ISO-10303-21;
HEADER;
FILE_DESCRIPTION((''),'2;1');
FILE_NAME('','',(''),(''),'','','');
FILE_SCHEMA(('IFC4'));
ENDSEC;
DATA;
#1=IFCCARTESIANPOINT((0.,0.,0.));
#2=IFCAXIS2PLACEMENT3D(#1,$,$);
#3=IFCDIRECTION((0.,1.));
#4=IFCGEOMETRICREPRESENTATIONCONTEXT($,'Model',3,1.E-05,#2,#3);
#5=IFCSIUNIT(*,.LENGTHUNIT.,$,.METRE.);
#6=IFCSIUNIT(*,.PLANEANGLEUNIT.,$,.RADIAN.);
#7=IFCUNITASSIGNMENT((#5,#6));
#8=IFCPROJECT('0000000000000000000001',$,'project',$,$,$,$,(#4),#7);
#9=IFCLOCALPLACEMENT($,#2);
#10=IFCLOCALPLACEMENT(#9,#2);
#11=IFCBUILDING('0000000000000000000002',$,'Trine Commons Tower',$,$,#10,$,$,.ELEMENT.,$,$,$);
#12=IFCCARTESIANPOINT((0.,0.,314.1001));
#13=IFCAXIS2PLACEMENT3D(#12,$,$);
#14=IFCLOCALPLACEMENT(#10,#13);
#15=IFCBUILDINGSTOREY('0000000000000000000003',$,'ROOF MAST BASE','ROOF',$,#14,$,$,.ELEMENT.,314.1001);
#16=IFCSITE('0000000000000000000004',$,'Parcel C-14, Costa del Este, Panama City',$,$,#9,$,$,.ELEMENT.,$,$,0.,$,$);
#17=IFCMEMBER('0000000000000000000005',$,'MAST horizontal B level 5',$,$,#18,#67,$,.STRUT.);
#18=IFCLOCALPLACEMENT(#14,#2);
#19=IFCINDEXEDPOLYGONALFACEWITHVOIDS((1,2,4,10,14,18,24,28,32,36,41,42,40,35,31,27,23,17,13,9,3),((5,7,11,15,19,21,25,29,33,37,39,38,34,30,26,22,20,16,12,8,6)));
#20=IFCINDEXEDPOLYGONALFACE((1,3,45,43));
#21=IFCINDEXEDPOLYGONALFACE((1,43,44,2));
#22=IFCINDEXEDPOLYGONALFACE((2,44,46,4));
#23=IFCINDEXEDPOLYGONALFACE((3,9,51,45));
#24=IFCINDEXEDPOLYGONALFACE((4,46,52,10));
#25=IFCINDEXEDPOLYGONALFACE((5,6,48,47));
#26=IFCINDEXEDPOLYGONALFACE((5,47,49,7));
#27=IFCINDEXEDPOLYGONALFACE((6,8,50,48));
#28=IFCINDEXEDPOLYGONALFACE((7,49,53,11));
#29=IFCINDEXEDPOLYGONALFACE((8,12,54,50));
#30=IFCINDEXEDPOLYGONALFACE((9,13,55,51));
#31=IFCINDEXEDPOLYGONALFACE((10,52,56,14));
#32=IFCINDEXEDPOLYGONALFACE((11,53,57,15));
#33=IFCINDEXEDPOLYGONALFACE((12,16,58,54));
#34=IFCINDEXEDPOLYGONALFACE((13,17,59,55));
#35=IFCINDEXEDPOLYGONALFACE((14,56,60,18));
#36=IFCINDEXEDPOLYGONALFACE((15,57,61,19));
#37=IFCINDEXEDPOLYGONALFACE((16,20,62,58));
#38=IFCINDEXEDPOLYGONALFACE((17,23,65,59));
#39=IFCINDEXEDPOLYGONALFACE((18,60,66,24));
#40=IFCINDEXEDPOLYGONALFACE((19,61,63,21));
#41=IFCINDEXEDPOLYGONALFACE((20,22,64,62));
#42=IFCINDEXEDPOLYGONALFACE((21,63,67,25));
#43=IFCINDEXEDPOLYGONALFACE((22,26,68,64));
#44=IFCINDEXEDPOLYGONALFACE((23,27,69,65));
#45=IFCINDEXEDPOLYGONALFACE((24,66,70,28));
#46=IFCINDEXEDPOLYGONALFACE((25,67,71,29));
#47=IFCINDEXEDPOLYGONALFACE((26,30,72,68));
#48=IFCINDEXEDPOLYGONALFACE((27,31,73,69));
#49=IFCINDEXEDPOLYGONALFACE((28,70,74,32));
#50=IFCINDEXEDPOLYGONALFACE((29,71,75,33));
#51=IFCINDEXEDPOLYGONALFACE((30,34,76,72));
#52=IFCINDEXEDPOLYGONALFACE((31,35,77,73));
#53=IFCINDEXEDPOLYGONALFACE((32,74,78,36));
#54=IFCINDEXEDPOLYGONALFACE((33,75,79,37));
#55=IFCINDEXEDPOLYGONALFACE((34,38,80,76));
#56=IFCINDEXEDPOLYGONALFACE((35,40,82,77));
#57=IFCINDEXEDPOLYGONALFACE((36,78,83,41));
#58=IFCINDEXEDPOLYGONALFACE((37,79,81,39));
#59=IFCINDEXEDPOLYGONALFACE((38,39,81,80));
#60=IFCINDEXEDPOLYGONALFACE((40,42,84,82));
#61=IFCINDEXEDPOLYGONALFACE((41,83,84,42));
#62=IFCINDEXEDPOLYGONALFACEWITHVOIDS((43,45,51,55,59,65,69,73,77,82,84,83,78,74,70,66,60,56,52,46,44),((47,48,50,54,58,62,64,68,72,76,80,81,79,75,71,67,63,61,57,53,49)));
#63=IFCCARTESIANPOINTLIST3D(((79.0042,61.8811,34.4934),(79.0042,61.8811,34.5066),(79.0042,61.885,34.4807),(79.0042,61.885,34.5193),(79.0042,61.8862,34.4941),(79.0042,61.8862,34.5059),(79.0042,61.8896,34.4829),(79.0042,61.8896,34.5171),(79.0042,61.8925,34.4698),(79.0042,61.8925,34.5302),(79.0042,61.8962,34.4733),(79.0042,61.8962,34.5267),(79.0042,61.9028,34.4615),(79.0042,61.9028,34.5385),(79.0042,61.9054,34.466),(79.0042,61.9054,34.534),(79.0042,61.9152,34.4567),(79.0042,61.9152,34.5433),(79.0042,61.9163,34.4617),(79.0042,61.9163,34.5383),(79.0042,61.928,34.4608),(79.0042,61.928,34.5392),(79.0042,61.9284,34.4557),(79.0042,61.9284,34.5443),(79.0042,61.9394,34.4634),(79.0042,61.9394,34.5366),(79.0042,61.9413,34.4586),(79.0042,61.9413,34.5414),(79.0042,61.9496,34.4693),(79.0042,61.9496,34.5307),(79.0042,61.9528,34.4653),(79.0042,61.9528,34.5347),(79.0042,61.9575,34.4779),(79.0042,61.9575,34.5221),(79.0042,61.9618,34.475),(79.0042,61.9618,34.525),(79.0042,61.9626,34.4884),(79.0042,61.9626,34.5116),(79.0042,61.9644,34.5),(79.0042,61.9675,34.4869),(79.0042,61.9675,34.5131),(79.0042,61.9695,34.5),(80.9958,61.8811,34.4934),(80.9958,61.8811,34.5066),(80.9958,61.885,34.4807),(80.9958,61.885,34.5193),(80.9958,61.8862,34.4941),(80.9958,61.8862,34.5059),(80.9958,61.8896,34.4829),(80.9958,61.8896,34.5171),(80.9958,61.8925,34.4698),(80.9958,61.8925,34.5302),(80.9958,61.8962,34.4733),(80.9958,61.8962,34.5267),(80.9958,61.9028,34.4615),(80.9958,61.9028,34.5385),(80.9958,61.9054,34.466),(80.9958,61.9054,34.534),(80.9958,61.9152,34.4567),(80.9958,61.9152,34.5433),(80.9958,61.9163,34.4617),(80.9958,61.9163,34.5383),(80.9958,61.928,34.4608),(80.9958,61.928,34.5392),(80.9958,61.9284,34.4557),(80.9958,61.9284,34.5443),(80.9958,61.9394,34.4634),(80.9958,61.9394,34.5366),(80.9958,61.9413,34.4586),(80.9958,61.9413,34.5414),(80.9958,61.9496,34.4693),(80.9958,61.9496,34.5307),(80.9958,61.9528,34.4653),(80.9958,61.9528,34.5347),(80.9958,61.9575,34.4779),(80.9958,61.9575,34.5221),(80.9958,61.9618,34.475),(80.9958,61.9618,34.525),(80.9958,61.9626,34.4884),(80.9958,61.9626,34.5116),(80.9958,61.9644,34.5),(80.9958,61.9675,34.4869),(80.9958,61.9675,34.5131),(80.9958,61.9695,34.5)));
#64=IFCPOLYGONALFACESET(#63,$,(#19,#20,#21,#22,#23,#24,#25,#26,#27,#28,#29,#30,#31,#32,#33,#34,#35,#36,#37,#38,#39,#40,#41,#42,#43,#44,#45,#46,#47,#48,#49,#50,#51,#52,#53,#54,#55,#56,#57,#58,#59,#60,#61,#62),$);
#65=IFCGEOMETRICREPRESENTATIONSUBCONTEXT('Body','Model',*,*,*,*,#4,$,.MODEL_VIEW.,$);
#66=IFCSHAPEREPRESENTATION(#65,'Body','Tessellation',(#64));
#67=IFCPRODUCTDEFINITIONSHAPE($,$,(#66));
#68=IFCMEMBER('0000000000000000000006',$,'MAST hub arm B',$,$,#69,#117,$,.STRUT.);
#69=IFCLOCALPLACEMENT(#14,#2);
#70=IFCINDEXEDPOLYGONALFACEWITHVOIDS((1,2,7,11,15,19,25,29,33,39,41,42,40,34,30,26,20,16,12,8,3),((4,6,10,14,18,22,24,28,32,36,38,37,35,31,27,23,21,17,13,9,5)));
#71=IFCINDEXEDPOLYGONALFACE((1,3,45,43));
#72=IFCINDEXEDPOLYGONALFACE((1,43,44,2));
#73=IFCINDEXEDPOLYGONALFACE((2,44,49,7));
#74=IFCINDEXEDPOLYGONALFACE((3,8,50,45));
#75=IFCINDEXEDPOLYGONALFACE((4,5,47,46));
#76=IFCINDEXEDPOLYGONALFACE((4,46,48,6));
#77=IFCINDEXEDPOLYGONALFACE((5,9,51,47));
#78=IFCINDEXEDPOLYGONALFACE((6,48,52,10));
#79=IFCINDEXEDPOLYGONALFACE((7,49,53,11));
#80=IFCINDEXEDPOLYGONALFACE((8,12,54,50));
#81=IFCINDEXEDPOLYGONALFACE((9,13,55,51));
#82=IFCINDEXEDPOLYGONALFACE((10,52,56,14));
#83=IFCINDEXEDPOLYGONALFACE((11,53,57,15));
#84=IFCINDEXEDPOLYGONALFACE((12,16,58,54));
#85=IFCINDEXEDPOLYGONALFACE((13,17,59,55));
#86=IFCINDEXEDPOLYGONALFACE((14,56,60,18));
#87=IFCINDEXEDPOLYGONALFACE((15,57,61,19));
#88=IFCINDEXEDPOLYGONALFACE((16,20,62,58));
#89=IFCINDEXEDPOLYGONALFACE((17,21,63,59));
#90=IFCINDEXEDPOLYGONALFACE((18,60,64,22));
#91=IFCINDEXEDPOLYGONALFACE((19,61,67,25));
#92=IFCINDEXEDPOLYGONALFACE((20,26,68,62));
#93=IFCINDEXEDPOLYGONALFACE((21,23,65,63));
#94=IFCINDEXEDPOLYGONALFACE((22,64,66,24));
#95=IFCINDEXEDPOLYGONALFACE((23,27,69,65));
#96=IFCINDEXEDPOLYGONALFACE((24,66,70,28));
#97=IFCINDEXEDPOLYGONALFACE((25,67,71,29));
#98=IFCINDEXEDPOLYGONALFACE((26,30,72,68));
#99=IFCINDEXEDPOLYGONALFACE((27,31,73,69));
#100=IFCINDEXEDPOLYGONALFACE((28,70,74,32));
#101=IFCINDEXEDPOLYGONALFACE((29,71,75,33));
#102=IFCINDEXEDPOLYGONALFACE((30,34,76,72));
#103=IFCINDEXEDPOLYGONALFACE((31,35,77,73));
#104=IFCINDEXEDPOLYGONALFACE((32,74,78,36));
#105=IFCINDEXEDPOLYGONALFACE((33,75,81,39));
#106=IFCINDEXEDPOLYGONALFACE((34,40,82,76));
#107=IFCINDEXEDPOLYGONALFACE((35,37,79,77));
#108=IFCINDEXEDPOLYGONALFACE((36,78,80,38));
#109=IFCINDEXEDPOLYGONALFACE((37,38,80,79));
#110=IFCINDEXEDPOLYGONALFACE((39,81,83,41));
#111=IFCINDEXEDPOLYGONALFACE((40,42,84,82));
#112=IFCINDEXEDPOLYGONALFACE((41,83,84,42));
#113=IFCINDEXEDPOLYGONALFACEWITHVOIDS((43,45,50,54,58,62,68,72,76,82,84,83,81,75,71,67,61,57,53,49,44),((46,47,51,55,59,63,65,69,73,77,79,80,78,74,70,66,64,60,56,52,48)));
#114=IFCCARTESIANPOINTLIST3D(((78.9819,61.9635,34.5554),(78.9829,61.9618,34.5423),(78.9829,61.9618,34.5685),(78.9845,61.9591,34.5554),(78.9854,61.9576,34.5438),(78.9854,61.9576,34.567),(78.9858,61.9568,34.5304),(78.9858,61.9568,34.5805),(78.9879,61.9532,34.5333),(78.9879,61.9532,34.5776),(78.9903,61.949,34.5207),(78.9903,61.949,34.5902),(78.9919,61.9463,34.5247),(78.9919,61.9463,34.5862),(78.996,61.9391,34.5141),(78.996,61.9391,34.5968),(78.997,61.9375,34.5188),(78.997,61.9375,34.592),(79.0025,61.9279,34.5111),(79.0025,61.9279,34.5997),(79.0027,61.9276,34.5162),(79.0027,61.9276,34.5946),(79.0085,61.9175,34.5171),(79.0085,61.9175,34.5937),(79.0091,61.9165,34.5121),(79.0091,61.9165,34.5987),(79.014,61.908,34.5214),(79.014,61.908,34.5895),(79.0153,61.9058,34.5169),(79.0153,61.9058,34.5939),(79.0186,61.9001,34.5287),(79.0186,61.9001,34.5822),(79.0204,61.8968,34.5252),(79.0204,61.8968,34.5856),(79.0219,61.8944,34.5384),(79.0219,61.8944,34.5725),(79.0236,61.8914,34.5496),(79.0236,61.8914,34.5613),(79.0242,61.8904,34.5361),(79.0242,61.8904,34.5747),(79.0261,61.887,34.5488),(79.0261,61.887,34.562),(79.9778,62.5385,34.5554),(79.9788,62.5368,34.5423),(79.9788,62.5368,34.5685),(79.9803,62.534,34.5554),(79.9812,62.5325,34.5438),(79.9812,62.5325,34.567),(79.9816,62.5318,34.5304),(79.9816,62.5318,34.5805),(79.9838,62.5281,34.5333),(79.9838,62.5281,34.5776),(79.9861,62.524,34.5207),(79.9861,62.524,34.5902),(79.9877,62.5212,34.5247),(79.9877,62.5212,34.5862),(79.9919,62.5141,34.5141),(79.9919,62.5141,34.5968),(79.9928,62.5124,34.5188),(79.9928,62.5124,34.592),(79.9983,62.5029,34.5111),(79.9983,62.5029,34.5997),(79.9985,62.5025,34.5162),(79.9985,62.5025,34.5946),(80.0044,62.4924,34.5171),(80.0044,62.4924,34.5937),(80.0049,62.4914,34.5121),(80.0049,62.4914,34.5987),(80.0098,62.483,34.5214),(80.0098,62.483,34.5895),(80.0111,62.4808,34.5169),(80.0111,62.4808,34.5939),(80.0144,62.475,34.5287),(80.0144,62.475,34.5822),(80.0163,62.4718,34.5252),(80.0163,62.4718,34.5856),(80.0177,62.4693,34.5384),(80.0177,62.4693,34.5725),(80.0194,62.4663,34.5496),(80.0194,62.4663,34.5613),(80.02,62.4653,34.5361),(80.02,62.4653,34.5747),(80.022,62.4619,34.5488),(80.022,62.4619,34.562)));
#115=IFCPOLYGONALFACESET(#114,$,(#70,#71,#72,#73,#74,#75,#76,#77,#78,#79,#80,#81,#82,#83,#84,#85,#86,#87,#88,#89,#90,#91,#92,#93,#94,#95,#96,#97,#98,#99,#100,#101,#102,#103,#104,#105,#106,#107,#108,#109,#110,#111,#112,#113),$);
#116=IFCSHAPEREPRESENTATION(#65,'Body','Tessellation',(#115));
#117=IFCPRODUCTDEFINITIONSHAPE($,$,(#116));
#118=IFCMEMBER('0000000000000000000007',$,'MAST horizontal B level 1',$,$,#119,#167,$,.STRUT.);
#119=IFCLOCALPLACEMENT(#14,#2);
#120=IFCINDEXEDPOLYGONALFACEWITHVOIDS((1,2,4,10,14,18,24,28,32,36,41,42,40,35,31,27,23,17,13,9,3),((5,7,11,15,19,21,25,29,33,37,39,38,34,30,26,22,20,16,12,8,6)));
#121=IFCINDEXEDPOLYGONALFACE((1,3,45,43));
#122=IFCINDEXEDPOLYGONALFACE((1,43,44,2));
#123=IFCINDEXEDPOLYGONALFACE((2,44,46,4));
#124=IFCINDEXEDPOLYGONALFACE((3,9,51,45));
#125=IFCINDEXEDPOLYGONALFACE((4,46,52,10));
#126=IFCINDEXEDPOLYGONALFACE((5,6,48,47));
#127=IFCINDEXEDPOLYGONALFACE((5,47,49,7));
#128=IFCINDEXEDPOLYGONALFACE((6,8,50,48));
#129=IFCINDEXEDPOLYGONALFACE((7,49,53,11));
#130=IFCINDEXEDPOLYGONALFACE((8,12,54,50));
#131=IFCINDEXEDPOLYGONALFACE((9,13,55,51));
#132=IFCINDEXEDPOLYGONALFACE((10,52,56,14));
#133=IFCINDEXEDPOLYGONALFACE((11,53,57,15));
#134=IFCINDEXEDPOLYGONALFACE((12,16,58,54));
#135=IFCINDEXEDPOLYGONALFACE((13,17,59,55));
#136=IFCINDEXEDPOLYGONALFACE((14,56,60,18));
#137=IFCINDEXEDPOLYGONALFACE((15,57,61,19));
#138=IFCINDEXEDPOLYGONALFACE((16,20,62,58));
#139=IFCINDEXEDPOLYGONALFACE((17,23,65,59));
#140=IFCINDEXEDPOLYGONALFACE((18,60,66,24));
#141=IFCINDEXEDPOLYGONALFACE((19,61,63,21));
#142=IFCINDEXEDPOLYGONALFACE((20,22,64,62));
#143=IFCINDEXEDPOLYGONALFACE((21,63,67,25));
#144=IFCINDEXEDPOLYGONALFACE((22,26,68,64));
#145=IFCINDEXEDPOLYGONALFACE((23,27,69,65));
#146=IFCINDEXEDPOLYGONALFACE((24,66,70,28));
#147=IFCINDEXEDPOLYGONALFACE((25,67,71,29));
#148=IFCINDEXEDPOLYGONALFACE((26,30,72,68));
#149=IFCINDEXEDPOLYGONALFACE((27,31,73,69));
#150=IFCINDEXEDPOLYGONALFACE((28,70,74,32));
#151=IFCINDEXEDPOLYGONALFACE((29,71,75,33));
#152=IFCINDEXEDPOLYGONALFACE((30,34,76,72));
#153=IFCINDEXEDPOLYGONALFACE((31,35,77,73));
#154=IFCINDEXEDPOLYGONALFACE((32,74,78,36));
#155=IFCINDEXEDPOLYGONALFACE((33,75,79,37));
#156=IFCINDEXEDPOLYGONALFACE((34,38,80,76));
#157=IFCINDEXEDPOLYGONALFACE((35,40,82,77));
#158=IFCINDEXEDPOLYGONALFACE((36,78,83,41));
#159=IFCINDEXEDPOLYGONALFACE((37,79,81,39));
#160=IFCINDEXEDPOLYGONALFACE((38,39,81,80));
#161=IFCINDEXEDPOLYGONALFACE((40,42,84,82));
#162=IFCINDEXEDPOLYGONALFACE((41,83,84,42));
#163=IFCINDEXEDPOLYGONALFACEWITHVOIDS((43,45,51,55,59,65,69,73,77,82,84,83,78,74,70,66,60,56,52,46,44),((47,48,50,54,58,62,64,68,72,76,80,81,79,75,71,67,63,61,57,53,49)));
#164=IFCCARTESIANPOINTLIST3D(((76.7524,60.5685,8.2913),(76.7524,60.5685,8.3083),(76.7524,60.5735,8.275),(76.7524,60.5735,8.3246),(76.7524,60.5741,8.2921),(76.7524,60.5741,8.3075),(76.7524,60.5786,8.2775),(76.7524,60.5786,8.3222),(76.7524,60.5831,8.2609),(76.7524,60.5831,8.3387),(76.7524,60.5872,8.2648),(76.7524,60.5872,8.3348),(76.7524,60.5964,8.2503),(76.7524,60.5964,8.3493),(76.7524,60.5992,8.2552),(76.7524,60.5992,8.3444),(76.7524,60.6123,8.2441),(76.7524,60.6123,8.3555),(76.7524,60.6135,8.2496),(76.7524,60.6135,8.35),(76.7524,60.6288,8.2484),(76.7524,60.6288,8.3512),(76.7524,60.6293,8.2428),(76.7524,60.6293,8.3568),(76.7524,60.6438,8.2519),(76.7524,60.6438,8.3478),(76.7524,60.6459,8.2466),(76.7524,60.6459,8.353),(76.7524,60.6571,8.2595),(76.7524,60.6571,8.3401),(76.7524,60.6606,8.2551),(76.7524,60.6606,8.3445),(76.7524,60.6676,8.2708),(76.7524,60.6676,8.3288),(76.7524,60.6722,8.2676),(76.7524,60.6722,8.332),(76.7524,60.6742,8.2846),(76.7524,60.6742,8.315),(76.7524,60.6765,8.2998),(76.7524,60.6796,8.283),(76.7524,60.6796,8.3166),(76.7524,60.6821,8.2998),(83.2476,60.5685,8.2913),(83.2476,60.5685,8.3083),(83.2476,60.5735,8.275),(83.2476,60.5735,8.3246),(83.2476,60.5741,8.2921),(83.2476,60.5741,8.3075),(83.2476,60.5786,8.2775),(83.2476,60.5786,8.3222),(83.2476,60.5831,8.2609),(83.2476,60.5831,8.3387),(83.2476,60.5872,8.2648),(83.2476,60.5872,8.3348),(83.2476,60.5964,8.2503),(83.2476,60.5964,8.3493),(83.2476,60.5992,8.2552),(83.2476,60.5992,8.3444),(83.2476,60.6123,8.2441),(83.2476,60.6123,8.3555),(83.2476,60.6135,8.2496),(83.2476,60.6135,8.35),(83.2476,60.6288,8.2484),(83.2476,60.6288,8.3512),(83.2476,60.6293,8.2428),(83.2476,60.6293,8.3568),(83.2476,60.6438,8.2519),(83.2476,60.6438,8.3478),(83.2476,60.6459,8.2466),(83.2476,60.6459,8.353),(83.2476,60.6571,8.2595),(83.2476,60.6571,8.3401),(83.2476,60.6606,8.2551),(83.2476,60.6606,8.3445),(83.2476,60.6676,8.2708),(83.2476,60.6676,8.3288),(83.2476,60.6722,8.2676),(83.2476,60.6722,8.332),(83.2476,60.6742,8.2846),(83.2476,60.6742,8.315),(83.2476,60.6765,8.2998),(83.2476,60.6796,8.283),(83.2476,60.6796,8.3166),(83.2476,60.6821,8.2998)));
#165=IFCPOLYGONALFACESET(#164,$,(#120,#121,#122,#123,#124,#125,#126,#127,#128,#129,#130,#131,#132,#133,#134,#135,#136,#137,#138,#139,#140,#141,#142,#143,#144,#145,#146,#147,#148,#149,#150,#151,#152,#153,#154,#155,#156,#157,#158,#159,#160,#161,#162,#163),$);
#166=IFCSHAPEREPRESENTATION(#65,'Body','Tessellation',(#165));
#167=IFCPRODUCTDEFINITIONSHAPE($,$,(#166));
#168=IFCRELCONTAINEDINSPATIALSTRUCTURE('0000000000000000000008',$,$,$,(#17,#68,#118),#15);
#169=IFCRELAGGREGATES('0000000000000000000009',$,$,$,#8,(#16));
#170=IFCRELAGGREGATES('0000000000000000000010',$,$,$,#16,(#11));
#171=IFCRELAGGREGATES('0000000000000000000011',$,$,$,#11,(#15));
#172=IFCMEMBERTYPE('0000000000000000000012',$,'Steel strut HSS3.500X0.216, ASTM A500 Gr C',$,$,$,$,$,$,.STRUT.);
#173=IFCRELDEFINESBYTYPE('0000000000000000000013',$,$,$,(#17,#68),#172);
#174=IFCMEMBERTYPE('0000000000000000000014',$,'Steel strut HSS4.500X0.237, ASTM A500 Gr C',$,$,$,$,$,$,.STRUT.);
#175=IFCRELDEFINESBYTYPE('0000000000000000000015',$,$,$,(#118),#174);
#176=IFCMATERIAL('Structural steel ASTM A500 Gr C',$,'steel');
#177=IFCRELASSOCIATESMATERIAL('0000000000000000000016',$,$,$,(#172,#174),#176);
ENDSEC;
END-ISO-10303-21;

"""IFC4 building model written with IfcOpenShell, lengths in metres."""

from ifc_helpers import new_model, si_unit, direction, frame, origin, origin_2d, place, context, subcontext, project, spatial, hollow_circle, extrude, material, material_profile, profile_set, type_object, element, save


model = new_model("IFC4")

# Units and contexts
model_context = context("Model", 3, precision=1e-05, world=origin(), true_north=direction((0.0, 1.0)))
body_context = subcontext(model_context, "Body", "Model", "MODEL_VIEW")
ifc_project = project(units=[si_unit("LENGTHUNIT", "METRE"), si_unit("PLANEANGLEUNIT", "RADIAN")], contexts=[model_context])

# Site, building, storey
site_placement = place(None, origin())
site = spatial("IfcSite", under=ifc_project, at=site_placement, Name="Parcel C-14, Costa del Este, Panama City", CompositionType="ELEMENT", RefElevation=0.0)
building_placement = place(site_placement, origin())
building = spatial("IfcBuilding", under=site, at=building_placement, Name="Trine Commons Tower", CompositionType="ELEMENT")
storey_placement = place(building_placement, frame((0.0, 0.0, 314.1001)))
storey = spatial("IfcBuildingStorey", under=building, at=storey_placement, Name="ROOF MAST BASE", Description="ROOF", CompositionType="ELEMENT", Elevation=314.1001)

# Members
ifc_material_1 = material(Name="Structural steel ASTM A500 Gr C", Category="steel")
ifc_material_profile_1 = material_profile(ifc_material_1, hollow_circle(Radius=0.0444, WallThickness=0.0051, at=origin_2d()), Name="HSS3.500X0.216")
ifc_profile_set_1 = profile_set([ifc_material_profile_1], Name="Structural steel ASTM A500 Gr C")
member_type_1 = type_object("IfcMemberType", Name="Steel strut HSS3.500X0.216, ASTM A500 Gr C", PredefinedType="STRUT", material=ifc_profile_set_1)
member_1_placement = place(storey_placement, frame((79.0042, 61.925, 34.5), z_axis=(1.0, 0.0, 0.0), x_axis=(0.0, 1.0, 0.0)))
element("IfcMember", 1, at=member_1_placement, inside=storey, type_object=member_type_1, Name="MAST horizontal B level 5", PredefinedType="STRUT", context=body_context, shape_type="SweptSolid", body=[
    extrude(hollow_circle(Radius=0.0444, WallThickness=0.0051, at=origin_2d()), origin(), (0.0, 0.0, 1.0), 1.9917),
])
member_2_placement = place(storey_placement, frame((79.0042, 61.925, 34.5554), z_axis=(0.866026, 0.499998, 0.0), x_axis=(-0.499998, 0.866026, 0.0)))
element("IfcMember", 2, at=member_2_placement, inside=storey, type_object=member_type_1, Name="MAST hub arm B", PredefinedType="STRUT", context=body_context, shape_type="SweptSolid", body=[
    extrude(hollow_circle(Radius=0.0444, WallThickness=0.0051, at=origin_2d()), origin(), (0.0, 0.0, 1.0), 1.1499),
])
ifc_material_profile_2 = material_profile(ifc_material_1, hollow_circle(Radius=0.0571, WallThickness=0.0056, at=origin_2d()), Name="HSS4.500X0.237")
ifc_profile_set_2 = profile_set([ifc_material_profile_2], Name="Structural steel ASTM A500 Gr C")
member_type_2 = type_object("IfcMemberType", Name="Steel strut HSS4.500X0.237, ASTM A500 Gr C", PredefinedType="STRUT", material=ifc_profile_set_2)
member_3_placement = place(storey_placement, frame((76.7524, 60.625, 8.2998), z_axis=(1.0, 0.0, 0.0), x_axis=(0.0, 1.0, 0.0)))
element("IfcMember", 3, at=member_3_placement, inside=storey, type_object=member_type_2, Name="MAST horizontal B level 1", PredefinedType="STRUT", context=body_context, shape_type="SweptSolid", body=[
    extrude(hollow_circle(Radius=0.0571, WallThickness=0.0056, at=origin_2d()), origin(), (0.0, 0.0, 1.0), 6.4951),
])

save(model, "model.ifc")
